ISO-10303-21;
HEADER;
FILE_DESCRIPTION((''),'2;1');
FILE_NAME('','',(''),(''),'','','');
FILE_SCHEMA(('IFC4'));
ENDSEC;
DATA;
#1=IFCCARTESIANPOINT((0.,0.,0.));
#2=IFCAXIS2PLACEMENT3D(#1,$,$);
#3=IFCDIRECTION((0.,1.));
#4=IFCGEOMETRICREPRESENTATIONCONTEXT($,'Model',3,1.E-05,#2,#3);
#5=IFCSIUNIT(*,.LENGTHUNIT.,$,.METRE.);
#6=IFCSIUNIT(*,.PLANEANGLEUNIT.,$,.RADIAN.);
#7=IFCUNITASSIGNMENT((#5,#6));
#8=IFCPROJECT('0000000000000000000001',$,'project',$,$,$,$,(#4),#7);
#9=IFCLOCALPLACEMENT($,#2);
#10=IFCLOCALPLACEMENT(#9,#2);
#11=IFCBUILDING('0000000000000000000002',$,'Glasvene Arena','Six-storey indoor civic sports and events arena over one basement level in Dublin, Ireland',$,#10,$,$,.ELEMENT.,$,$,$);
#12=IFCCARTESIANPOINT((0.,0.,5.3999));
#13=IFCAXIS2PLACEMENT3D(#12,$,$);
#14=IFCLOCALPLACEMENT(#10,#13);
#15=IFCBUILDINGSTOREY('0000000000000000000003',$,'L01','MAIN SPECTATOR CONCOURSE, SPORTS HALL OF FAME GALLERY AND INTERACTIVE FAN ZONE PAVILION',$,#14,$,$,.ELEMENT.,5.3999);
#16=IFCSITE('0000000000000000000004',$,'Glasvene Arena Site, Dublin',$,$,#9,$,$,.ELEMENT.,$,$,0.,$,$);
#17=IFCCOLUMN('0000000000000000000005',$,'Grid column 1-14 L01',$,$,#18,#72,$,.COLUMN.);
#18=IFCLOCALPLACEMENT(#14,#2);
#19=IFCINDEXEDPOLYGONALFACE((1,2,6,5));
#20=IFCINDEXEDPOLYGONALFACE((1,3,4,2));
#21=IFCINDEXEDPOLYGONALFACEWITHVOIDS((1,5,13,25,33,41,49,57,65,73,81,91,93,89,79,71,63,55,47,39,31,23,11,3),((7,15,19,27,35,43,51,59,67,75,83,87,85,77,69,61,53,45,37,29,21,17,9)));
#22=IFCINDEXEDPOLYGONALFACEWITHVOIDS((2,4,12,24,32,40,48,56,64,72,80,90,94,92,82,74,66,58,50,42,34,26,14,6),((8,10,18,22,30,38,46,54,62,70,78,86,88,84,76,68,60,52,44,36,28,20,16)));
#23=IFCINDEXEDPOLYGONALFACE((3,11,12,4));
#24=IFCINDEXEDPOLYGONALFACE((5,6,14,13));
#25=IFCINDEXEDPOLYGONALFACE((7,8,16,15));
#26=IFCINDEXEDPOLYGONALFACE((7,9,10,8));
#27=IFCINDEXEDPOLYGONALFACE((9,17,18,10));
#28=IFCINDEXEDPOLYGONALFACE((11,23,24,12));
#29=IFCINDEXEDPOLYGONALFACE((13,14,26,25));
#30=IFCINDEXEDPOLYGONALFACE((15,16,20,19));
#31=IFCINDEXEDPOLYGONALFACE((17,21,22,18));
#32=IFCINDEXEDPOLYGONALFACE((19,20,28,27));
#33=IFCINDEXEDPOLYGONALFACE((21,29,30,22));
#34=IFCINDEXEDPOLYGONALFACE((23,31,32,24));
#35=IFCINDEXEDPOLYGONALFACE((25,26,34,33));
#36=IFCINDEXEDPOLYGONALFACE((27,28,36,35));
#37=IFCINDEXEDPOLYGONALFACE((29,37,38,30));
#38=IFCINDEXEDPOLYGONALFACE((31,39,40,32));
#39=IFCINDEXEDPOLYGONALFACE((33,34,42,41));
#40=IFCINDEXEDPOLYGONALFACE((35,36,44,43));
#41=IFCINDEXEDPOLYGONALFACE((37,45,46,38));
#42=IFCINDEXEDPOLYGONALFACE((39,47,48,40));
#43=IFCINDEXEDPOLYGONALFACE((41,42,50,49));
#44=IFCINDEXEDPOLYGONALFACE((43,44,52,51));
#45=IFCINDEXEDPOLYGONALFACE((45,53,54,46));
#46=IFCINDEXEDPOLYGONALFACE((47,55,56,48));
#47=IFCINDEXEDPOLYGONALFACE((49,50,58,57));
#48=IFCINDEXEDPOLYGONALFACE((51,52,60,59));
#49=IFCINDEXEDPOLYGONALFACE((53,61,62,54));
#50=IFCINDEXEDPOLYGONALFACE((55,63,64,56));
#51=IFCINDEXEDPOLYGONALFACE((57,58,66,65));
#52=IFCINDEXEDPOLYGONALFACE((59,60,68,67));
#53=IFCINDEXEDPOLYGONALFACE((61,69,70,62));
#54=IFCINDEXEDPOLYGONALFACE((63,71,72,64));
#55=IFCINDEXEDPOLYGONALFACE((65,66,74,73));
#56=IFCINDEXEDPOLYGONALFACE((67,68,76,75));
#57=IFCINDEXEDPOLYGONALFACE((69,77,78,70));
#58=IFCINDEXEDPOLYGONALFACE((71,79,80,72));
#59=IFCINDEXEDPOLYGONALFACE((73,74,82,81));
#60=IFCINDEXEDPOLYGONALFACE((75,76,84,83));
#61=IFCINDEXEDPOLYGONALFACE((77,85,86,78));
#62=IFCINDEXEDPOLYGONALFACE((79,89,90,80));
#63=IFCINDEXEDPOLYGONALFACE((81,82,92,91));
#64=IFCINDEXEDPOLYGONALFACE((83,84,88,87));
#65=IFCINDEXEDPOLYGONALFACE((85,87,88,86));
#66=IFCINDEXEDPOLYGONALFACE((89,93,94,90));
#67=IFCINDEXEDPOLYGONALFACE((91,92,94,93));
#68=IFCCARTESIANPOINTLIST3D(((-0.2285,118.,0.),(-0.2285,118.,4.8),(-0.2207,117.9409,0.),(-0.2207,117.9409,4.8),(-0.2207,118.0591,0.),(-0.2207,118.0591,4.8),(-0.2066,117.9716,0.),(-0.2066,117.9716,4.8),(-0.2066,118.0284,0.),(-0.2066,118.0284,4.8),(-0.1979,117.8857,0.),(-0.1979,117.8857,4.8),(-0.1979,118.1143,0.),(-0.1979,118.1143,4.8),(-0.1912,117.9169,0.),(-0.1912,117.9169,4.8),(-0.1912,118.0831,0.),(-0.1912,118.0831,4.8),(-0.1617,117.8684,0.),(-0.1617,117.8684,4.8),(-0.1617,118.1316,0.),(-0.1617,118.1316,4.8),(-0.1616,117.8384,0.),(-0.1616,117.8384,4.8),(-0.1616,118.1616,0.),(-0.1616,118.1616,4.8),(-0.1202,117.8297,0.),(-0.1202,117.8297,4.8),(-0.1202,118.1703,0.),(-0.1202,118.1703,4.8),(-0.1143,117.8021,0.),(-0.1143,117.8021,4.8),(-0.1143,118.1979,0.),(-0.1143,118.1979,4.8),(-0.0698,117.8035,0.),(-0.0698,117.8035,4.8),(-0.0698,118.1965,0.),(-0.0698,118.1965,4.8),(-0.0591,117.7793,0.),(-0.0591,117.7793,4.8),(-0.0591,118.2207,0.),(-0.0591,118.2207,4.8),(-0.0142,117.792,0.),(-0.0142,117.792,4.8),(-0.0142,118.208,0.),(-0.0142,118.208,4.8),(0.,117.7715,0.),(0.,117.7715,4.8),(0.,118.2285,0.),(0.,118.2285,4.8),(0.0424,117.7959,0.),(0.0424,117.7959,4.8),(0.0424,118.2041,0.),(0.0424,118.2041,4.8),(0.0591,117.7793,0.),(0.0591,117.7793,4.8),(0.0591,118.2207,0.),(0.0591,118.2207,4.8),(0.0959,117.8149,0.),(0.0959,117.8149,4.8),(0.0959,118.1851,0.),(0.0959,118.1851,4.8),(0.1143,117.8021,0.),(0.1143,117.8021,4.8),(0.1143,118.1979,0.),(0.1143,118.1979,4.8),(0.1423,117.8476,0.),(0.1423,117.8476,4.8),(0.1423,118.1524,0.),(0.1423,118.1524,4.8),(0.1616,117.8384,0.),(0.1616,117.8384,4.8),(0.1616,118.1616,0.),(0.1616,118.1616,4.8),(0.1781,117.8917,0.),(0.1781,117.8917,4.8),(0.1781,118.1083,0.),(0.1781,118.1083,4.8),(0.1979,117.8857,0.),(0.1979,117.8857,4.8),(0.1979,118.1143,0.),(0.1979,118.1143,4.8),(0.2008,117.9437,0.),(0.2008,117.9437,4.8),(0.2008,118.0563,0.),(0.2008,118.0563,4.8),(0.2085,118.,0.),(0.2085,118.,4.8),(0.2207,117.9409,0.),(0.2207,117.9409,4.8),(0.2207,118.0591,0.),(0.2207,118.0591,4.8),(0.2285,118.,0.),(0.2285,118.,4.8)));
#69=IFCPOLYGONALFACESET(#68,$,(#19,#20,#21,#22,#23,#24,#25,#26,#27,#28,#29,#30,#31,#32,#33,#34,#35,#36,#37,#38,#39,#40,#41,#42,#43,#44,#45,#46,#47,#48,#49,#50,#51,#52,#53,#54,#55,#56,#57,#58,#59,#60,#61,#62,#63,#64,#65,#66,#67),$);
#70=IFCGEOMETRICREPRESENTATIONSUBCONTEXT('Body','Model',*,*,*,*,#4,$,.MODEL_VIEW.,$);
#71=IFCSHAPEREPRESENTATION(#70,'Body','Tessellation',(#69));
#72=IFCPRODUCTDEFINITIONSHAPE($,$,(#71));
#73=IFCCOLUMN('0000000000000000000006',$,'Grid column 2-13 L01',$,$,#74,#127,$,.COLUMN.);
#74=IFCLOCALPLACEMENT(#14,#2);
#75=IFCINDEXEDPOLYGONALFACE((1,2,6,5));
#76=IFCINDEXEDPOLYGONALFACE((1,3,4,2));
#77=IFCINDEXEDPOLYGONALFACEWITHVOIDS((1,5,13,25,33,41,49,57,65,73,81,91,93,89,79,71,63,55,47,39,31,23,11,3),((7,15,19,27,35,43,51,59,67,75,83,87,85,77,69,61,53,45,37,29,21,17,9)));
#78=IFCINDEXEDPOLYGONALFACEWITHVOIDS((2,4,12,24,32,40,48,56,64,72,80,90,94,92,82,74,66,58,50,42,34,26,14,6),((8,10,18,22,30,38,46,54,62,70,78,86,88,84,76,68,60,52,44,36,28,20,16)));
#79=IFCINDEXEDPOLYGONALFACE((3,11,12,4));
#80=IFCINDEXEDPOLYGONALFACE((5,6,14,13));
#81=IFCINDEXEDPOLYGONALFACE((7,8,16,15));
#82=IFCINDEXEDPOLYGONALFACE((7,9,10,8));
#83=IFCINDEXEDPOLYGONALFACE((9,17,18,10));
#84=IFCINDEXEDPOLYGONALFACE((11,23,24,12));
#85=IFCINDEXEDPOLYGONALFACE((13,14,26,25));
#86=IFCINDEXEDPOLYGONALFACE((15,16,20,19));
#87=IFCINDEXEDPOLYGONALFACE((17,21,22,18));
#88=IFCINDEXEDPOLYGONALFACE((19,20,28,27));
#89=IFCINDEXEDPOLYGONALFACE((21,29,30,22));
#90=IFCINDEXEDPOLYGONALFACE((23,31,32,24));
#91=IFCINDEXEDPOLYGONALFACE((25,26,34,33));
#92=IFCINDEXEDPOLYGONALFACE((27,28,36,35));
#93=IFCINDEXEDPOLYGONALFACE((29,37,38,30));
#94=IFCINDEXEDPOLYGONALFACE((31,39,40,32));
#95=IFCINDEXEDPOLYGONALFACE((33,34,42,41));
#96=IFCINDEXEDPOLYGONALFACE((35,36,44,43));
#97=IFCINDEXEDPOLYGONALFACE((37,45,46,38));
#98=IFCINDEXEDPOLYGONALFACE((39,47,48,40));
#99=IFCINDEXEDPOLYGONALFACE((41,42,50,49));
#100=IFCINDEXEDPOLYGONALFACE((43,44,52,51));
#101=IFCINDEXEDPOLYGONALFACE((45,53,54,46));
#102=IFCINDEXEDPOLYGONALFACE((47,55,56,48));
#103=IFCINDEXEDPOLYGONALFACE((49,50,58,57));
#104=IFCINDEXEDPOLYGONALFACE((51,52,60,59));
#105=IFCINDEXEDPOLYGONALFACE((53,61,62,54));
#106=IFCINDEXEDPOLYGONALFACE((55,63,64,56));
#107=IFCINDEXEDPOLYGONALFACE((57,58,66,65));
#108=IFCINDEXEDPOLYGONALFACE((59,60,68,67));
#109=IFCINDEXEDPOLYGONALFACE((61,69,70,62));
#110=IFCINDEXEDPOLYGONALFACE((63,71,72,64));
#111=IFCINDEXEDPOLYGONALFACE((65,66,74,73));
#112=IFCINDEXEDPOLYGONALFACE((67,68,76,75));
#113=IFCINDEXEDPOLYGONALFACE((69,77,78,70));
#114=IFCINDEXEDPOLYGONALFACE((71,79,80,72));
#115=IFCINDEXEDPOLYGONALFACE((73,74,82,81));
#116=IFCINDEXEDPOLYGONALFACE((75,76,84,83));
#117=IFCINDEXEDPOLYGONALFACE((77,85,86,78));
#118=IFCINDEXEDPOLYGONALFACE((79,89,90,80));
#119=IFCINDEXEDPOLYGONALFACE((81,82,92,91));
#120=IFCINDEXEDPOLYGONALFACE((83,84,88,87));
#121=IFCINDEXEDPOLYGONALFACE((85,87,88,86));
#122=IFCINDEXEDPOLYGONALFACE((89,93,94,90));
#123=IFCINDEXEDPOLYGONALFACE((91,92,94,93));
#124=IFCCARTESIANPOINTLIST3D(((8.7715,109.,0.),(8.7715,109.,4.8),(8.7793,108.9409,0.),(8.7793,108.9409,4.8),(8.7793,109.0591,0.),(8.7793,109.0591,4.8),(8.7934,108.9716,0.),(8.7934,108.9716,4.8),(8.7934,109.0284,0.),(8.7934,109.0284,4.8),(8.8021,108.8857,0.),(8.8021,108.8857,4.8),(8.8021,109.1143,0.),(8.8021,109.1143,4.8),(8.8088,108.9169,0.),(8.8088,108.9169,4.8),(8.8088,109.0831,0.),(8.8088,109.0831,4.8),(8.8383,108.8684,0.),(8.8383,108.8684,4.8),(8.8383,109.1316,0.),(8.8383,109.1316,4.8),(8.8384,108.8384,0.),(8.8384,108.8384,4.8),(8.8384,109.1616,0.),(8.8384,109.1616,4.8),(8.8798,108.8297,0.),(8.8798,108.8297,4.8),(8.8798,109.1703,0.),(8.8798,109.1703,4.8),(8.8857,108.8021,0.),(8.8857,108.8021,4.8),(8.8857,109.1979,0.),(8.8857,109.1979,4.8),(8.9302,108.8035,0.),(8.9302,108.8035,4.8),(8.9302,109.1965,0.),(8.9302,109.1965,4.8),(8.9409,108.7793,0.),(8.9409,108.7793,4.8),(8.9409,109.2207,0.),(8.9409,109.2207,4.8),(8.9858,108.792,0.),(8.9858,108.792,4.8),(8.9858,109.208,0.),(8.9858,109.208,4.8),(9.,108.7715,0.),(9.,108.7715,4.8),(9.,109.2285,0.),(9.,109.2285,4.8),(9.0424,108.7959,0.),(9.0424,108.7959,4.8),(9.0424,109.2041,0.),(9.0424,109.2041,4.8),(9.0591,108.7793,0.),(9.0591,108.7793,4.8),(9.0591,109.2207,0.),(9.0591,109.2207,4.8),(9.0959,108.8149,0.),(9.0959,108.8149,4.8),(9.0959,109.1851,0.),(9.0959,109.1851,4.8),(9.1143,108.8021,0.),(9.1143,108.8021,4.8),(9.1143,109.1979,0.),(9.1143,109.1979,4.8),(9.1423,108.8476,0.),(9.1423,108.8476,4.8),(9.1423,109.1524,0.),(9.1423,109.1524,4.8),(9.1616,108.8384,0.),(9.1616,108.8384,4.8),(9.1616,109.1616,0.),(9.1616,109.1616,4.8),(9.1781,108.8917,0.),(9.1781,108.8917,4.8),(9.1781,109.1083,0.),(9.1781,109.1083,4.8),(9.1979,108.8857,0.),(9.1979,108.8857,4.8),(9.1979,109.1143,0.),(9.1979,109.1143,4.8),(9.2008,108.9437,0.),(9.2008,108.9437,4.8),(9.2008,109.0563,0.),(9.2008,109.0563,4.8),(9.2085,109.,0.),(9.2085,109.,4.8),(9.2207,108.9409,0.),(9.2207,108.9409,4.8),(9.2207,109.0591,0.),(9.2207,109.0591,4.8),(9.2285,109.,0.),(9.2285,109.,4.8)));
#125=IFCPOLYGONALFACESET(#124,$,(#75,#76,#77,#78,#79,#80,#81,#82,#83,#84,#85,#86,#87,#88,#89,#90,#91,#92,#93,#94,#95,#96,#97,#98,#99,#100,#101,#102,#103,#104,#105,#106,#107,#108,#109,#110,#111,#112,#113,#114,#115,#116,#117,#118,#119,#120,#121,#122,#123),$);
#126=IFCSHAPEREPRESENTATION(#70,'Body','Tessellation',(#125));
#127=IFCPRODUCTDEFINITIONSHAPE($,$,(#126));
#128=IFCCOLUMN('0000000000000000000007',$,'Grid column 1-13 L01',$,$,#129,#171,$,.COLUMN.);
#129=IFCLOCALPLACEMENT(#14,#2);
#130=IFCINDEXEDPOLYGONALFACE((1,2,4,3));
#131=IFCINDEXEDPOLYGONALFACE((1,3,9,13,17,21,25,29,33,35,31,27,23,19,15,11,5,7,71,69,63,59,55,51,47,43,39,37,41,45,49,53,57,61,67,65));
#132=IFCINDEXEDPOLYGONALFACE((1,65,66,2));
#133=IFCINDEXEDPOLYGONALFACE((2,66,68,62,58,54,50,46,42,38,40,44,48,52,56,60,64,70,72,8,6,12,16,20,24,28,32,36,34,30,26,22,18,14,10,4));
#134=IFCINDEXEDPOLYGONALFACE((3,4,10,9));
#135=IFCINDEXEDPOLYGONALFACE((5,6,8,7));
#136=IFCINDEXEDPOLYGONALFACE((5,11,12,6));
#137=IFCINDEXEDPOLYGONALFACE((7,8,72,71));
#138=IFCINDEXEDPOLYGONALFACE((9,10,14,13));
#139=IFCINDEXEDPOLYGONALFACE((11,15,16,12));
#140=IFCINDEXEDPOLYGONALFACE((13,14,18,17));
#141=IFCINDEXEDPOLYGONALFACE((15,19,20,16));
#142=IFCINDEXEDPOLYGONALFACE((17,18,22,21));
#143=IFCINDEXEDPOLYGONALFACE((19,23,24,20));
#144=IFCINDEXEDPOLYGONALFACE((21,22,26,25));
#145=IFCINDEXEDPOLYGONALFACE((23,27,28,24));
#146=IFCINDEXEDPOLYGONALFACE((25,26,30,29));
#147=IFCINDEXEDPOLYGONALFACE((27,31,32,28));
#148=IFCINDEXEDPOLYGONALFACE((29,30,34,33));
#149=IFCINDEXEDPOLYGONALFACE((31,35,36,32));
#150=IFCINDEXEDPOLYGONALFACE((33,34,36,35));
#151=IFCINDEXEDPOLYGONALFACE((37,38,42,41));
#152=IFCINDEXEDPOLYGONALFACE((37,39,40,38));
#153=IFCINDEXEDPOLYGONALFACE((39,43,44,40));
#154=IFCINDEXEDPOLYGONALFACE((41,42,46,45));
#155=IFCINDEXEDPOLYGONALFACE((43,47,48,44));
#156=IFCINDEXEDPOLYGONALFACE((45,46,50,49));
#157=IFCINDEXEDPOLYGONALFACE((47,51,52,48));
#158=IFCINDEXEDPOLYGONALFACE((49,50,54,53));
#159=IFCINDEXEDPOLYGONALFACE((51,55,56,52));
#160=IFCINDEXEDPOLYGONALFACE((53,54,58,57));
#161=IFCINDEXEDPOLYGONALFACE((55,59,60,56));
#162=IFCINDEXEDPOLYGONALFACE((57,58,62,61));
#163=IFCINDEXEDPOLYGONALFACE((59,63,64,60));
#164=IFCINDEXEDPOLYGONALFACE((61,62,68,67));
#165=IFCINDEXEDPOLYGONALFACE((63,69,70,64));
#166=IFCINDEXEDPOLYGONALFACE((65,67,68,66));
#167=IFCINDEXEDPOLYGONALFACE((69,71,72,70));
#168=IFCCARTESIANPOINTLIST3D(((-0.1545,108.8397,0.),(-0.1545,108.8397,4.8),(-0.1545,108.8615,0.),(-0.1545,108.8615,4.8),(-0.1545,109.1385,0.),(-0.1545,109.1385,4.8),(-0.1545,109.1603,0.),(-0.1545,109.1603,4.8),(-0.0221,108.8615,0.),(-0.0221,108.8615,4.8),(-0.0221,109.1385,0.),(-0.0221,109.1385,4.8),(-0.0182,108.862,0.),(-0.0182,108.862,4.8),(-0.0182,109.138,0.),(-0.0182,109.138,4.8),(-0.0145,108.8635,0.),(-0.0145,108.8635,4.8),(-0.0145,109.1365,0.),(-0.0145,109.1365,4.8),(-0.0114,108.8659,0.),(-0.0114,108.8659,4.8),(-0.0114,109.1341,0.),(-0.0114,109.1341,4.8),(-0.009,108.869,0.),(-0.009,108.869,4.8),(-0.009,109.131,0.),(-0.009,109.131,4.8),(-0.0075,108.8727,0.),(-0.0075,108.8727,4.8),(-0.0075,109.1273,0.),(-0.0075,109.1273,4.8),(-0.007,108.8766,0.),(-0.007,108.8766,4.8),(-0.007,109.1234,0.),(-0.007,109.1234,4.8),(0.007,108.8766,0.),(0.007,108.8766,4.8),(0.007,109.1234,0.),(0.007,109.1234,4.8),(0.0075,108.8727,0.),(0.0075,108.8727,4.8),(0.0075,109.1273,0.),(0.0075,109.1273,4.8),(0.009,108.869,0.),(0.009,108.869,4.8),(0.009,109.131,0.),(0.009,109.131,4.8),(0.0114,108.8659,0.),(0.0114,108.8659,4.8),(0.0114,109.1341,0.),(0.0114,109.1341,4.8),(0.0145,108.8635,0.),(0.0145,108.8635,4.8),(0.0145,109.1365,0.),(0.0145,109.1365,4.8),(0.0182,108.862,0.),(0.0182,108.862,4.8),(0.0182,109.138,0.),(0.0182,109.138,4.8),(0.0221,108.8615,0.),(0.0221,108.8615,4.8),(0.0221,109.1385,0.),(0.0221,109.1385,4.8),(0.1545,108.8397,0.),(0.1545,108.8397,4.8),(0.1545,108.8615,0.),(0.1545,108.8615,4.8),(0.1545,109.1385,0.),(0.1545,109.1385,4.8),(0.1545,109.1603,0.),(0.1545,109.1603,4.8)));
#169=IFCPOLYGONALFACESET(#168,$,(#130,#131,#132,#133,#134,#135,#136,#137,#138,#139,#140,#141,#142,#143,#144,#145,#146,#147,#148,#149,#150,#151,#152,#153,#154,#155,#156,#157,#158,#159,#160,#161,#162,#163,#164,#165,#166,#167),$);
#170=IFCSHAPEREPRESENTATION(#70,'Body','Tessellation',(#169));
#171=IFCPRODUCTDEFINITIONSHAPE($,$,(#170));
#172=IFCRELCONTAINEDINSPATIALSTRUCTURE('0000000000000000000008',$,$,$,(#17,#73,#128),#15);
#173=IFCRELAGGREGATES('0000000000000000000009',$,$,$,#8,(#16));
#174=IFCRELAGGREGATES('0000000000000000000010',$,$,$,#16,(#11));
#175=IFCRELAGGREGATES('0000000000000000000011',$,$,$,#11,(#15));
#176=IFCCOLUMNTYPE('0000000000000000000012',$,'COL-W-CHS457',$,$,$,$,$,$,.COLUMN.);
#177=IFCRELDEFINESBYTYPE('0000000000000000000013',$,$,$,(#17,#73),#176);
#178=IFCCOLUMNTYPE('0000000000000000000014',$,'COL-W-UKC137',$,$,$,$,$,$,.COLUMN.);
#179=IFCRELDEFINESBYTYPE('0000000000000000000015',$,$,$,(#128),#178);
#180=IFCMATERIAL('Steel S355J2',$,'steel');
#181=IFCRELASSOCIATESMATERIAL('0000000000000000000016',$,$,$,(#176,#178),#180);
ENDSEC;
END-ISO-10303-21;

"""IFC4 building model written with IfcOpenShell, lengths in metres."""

from ifc_helpers import new_model, si_unit, direction, frame, origin, origin_2d, place, context, subcontext, project, spatial, hollow_circle, i_section, extrude, material, material_profile, profile_set, type_object, element, save


model = new_model("IFC4")

# Units and contexts
model_context = context("Model", 3, precision=1e-05, world=origin(), true_north=direction((0.0, 1.0)))
body_context = subcontext(model_context, "Body", "Model", "MODEL_VIEW")
ifc_project = project(units=[si_unit("LENGTHUNIT", "METRE"), si_unit("PLANEANGLEUNIT", "RADIAN")], contexts=[model_context])

# Site, building, storey
site_placement = place(None, origin())
site = spatial("IfcSite", under=ifc_project, at=site_placement, Name="Glasvene Arena Site, Dublin", CompositionType="ELEMENT", RefElevation=0.0)
building_placement = place(site_placement, origin())
building = spatial("IfcBuilding", under=site, at=building_placement, Name="Glasvene Arena", Description="Six-storey indoor civic sports and events arena over one basement level in Dublin, Ireland", CompositionType="ELEMENT")
storey_placement = place(building_placement, frame((0.0, 0.0, 5.3999)))
storey = spatial("IfcBuildingStorey", under=building, at=storey_placement, Name="L01", Description="MAIN SPECTATOR CONCOURSE, SPORTS HALL OF FAME GALLERY AND INTERACTIVE FAN ZONE PAVILION", CompositionType="ELEMENT", Elevation=5.3999)

# Columns
ifc_material_1 = material(Name="Steel S355J2", Category="steel")
ifc_material_profile_1 = material_profile(ifc_material_1, hollow_circle(Radius=0.2285, WallThickness=0.02, at=origin_2d()), Name="CHS 457.0x20.0")
ifc_profile_set_1 = profile_set([ifc_material_profile_1], Name="Steel S355J2")
column_type_1 = type_object("IfcColumnType", Name="COL-W-CHS457", PredefinedType="COLUMN", material=ifc_profile_set_1)
for number, where, z_axis, x_axis, name in (
    (1, (0.0, 118.0, 0.0), (0.0, 0.0, 1.0), (1.0, 0.0, 0.0), "Grid column 1-14 L01"),
    (2, (9.0, 109.0, 0.0), (0.0, 0.0, 1.0), (1.0, 0.0, 0.0), "Grid column 2-13 L01"),
):
    element("IfcColumn", number, at=place(storey_placement, frame(where, z_axis=z_axis, x_axis=x_axis)), inside=storey, type_object=column_type_1, Name=name, PredefinedType="COLUMN", context=body_context, shape_type="SweptSolid", body=[
        extrude(hollow_circle(Radius=0.2285, WallThickness=0.02, at=origin_2d()), origin(), (0.0, 0.0, 1.0), 4.8),
    ])
ifc_material_profile_2 = material_profile(ifc_material_1, i_section(OverallWidth=0.3091, OverallDepth=0.3206, WebThickness=0.0139, FlangeThickness=0.0217, FilletRadius=0.0151, at=origin_2d()), Name="UKC 305x305x137")
ifc_profile_set_2 = profile_set([ifc_material_profile_2], Name="Steel S355J2")
column_type_2 = type_object("IfcColumnType", Name="COL-W-UKC137", PredefinedType="COLUMN", material=ifc_profile_set_2)
for number, where, z_axis, x_axis, name in (
    (3, (0.0, 109.0, 0.0), (0.0, 0.0, 1.0), (1.0, 0.0, 0.0), "Grid column 1-13 L01"),
):
    element("IfcColumn", number, at=place(storey_placement, frame(where, z_axis=z_axis, x_axis=x_axis)), inside=storey, type_object=column_type_2, Name=name, PredefinedType="COLUMN", context=body_context, shape_type="SweptSolid", body=[
        extrude(i_section(OverallWidth=0.3091, OverallDepth=0.3206, WebThickness=0.0139, FlangeThickness=0.0217, FilletRadius=0.0151, at=origin_2d()), origin(), (0.0, 0.0, 1.0), 4.8),
    ])

save(model, "model.ifc")
